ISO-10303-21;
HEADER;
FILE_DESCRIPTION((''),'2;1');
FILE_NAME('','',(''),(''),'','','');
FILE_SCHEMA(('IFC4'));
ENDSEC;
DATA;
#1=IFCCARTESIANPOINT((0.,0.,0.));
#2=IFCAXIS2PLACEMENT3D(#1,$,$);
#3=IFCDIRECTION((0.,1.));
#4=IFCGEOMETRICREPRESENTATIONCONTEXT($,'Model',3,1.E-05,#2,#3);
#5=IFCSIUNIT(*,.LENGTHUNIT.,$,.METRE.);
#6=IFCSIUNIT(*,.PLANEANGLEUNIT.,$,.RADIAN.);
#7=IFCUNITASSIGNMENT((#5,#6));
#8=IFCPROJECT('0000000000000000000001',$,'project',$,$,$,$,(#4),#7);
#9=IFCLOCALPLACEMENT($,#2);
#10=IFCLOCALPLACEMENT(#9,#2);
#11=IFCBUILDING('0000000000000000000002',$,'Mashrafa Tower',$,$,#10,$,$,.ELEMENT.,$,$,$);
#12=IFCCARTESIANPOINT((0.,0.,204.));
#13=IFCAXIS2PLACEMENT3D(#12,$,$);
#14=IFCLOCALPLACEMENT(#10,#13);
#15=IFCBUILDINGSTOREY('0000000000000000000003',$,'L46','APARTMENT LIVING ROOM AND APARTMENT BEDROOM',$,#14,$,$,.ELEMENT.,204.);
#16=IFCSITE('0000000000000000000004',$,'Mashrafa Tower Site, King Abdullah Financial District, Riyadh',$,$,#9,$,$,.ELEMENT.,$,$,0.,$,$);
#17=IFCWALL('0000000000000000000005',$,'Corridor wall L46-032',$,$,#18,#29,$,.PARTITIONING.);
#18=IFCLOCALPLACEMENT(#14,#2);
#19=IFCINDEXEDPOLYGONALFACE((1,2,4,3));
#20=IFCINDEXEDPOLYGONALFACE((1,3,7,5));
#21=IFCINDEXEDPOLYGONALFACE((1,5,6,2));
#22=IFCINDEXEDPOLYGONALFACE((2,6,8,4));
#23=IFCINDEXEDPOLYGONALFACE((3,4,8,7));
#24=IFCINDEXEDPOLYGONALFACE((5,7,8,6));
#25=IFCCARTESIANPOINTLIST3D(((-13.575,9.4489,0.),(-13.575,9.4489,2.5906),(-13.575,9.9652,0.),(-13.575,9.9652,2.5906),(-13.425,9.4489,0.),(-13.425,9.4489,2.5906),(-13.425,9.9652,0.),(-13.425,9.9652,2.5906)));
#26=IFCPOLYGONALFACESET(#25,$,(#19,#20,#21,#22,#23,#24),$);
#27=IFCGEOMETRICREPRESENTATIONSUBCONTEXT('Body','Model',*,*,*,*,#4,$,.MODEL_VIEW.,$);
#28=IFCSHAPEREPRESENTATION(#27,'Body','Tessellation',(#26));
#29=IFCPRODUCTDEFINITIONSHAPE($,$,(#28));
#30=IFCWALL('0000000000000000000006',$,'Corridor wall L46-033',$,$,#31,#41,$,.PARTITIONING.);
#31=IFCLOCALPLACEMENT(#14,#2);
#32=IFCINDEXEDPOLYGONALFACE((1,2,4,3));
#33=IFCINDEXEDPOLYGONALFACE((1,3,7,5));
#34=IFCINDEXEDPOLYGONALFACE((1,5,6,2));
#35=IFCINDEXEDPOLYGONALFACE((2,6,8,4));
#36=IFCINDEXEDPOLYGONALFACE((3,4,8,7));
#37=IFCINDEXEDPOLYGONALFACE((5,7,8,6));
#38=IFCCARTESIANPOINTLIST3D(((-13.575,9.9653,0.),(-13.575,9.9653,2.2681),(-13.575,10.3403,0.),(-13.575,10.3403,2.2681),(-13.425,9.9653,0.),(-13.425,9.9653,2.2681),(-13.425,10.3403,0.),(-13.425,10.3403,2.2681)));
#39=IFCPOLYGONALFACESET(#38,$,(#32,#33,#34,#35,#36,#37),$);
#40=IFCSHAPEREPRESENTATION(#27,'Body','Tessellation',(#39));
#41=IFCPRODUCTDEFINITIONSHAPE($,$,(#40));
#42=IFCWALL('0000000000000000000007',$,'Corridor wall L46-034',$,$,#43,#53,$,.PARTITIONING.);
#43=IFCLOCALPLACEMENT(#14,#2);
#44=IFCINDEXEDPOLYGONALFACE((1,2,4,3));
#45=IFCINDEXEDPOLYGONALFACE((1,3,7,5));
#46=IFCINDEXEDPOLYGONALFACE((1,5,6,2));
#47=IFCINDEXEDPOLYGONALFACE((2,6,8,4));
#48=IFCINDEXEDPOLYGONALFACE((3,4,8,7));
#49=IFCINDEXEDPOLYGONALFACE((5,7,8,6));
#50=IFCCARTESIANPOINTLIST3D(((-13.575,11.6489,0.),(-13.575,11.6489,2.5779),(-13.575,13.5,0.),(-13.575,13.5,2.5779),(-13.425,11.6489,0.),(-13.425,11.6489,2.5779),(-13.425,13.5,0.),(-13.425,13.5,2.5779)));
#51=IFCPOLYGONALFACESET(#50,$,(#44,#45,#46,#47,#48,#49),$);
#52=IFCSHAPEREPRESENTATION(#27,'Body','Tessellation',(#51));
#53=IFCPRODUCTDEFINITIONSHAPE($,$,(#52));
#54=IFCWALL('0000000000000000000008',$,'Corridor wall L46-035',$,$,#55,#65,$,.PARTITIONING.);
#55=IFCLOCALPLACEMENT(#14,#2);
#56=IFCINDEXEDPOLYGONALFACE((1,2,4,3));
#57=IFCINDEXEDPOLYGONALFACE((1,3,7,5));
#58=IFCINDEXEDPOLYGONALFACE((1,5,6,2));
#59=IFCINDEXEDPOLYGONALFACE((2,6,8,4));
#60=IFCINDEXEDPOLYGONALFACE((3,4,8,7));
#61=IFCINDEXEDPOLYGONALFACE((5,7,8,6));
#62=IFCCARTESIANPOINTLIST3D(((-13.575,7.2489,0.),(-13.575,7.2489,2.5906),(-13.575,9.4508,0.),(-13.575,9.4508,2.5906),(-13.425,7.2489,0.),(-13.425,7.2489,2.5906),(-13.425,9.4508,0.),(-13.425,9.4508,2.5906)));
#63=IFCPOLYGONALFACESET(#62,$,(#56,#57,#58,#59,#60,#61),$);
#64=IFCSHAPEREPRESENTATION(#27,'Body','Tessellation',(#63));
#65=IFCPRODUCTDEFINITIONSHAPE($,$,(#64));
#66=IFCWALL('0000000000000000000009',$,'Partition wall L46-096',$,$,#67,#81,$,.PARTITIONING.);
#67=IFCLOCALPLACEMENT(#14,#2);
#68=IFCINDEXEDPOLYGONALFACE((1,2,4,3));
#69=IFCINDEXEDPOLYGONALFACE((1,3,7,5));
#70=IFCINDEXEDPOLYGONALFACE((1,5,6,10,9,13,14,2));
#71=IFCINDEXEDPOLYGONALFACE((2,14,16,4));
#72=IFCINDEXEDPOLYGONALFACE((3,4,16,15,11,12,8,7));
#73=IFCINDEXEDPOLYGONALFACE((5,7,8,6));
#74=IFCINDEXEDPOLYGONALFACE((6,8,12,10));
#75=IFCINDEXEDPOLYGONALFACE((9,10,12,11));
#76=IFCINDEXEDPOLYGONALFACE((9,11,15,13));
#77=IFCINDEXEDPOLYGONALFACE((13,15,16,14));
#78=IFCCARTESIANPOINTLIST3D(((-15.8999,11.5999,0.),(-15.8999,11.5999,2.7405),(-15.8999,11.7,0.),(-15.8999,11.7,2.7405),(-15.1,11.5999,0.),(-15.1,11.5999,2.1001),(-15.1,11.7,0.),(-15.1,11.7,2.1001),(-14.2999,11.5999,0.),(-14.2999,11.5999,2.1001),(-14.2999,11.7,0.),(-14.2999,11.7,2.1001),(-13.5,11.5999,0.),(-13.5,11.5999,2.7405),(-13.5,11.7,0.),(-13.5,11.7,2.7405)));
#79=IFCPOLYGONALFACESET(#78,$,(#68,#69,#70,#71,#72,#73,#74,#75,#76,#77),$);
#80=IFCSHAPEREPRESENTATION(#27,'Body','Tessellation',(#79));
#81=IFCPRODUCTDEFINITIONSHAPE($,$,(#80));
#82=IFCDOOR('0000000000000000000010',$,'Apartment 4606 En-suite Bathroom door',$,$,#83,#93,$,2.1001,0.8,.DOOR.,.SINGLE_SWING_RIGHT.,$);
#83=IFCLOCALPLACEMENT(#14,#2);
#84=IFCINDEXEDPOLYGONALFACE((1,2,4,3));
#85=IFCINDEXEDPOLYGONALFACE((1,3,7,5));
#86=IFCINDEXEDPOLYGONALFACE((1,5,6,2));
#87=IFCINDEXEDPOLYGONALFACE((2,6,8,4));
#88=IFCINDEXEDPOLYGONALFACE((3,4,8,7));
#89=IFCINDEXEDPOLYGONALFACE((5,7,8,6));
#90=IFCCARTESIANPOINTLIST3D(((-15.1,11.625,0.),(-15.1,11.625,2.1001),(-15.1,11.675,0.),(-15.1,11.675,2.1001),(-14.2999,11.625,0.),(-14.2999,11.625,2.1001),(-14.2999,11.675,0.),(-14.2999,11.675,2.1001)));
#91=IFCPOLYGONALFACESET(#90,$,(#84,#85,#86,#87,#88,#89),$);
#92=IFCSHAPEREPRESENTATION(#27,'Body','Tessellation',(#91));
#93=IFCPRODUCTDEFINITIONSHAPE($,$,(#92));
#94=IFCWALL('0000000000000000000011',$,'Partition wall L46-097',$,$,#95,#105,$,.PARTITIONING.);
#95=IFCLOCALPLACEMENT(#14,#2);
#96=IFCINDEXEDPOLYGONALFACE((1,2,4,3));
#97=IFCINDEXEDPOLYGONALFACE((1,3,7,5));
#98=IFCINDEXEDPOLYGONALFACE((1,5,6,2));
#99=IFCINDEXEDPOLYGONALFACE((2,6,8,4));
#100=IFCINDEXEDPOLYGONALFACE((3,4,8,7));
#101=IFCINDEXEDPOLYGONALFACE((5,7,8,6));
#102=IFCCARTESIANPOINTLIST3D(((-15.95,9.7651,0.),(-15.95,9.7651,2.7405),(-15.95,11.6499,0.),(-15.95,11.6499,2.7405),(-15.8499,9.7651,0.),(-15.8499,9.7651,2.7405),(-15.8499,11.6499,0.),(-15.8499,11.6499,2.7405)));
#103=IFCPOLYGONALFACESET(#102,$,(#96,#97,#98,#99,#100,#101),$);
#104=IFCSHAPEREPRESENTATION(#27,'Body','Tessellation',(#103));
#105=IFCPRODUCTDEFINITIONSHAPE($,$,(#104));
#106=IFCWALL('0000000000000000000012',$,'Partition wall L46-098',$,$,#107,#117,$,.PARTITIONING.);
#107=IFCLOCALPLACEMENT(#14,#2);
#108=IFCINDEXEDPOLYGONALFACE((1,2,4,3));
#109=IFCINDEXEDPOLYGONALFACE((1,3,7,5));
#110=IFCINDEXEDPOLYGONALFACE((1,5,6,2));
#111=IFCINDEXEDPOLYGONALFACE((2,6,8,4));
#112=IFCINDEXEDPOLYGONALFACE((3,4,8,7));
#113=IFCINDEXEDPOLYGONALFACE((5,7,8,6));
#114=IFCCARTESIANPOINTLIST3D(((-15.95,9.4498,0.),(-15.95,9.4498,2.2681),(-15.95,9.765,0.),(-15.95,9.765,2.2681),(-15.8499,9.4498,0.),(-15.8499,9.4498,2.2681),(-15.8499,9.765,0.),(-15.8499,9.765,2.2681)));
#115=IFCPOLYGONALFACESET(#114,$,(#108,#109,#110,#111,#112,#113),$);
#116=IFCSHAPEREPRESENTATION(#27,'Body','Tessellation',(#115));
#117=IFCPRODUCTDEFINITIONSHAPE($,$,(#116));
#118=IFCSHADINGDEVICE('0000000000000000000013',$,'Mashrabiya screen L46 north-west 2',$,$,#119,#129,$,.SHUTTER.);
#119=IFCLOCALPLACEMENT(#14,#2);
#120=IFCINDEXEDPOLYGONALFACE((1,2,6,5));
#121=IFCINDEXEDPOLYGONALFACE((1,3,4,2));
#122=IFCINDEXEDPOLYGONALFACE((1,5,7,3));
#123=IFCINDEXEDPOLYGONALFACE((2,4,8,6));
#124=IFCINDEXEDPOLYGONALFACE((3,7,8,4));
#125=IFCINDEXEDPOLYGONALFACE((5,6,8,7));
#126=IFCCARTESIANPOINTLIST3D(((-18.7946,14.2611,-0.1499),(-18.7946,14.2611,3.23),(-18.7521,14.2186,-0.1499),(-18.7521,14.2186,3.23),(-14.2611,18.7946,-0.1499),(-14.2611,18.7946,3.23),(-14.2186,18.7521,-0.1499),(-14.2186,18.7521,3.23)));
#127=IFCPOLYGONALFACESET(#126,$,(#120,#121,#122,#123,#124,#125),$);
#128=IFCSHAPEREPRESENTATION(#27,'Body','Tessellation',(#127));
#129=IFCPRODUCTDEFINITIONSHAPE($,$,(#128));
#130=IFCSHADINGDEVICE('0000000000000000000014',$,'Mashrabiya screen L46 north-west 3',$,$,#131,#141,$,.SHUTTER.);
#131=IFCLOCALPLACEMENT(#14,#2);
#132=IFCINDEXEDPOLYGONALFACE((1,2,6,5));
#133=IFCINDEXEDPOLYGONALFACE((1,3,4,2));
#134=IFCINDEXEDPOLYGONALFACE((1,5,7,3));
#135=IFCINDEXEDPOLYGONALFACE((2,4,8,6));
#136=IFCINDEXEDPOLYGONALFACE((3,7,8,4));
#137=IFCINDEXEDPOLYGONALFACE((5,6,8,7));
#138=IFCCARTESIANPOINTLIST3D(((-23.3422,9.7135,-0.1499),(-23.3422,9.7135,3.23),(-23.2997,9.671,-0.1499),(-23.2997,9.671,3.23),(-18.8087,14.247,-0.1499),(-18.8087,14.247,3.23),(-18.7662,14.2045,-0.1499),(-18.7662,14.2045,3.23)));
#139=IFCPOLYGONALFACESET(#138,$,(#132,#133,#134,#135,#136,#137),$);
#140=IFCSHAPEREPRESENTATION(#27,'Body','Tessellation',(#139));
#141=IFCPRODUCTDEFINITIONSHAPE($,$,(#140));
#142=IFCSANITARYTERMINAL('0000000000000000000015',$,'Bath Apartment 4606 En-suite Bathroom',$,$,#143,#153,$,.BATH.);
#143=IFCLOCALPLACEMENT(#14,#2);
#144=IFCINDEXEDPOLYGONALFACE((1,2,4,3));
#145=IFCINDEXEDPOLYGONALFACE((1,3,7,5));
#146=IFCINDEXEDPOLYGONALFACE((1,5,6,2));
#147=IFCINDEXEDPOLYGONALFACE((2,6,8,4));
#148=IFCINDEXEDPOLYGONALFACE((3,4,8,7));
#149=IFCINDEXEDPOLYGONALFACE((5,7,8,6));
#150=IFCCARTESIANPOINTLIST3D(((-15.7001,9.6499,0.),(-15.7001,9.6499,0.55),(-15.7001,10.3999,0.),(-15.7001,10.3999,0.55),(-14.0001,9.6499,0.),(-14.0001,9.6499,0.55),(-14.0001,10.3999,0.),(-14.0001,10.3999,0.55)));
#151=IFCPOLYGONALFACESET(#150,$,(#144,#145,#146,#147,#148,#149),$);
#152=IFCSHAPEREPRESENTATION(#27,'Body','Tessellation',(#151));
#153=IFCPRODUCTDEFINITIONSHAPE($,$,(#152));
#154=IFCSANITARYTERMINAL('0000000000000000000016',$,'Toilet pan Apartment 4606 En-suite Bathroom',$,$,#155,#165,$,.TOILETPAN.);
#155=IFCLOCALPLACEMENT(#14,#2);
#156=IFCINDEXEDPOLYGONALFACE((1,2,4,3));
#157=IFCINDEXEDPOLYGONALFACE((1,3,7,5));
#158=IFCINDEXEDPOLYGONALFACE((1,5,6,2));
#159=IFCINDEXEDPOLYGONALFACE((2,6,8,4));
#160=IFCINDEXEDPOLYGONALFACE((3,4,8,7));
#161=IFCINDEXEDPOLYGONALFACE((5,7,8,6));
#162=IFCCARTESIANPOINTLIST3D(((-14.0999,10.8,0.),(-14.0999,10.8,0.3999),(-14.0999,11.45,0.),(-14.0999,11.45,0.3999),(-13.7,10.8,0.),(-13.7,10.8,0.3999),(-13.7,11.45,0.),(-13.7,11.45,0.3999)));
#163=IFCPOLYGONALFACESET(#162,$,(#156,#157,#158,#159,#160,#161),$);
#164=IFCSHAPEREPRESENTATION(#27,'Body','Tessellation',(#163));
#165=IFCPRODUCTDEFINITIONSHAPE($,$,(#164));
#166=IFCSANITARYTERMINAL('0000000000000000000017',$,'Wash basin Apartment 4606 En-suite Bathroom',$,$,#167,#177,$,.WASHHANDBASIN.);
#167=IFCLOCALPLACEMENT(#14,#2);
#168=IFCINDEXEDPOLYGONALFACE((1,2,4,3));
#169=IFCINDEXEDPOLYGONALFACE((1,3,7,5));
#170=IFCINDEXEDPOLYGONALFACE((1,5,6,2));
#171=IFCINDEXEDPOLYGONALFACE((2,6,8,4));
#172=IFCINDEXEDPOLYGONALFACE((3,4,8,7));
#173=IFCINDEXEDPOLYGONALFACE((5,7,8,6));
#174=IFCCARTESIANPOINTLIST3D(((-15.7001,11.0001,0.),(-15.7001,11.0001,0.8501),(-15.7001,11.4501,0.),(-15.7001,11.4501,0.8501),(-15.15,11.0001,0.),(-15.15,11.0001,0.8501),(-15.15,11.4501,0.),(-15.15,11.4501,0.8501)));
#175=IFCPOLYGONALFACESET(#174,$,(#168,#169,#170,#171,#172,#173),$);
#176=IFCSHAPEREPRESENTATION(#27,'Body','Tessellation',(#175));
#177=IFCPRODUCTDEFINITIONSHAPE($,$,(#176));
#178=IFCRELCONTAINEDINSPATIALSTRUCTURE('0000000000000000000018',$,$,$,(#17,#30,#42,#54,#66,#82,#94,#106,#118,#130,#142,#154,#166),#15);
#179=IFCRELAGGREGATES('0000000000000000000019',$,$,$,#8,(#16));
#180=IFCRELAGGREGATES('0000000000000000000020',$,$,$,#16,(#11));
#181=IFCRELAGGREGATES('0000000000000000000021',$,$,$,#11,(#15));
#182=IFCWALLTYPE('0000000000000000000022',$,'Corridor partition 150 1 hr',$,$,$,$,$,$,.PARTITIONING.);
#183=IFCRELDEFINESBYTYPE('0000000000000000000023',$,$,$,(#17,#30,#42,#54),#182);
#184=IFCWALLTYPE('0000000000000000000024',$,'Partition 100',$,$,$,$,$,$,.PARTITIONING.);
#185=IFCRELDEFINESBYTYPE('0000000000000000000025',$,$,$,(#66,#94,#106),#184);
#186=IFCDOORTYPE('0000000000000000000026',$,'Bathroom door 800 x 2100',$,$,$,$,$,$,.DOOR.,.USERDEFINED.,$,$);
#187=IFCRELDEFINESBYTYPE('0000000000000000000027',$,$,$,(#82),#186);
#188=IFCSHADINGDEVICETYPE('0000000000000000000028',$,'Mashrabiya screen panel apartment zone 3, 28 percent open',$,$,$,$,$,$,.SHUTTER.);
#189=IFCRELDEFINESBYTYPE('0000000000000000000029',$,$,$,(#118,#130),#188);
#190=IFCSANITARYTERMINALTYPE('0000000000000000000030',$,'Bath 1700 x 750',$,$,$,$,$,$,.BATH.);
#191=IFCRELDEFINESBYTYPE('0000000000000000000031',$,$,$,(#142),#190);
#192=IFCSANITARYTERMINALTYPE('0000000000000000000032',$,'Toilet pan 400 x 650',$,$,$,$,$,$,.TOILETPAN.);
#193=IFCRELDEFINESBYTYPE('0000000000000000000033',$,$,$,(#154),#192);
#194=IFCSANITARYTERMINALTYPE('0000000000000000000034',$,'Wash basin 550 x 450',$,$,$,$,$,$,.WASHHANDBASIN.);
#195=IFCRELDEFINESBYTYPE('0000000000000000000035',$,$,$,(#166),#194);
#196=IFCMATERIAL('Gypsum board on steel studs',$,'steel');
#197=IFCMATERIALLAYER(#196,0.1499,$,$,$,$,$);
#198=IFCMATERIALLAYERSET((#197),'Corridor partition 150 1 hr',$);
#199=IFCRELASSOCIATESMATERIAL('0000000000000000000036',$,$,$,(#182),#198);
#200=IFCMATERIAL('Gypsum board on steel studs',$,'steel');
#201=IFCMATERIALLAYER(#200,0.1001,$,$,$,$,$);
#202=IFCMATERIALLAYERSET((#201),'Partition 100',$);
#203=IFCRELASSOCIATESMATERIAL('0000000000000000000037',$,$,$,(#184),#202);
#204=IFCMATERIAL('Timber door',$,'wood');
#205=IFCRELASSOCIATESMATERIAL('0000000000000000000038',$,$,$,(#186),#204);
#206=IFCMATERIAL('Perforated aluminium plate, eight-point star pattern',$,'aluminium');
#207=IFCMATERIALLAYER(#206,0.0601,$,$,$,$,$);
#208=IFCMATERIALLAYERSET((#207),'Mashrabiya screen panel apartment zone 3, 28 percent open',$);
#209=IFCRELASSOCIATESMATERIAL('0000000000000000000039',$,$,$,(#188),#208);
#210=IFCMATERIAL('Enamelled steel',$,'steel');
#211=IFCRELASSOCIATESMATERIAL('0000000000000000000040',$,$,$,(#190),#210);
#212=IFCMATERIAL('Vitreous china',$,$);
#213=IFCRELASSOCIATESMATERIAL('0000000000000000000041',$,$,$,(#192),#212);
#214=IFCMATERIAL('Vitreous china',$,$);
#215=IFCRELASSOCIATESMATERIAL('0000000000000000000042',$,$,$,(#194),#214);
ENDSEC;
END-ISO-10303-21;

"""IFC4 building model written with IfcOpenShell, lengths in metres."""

from ifc_helpers import new_model, si_unit, direction, frame, frame_2d, origin, origin_2d, place, context, subcontext, project, spatial, rectangle, extrude, source, transform, mapped, material, layer, layer_set, type_object, type_shapes, element, fill, save


model = new_model("IFC4")

# Units and contexts
model_context = context("Model", 3, precision=1e-05, world=origin(), true_north=direction((0.0, 1.0)))
body_context = subcontext(model_context, "Body", "Model", "MODEL_VIEW")
ifc_project = project(units=[si_unit("LENGTHUNIT", "METRE"), si_unit("PLANEANGLEUNIT", "RADIAN")], contexts=[model_context])

# Site, building, storey
site_placement = place(None, origin())
site = spatial("IfcSite", under=ifc_project, at=site_placement, Name="Mashrafa Tower Site, King Abdullah Financial District, Riyadh", CompositionType="ELEMENT", RefElevation=0.0)
building_placement = place(site_placement, origin())
building = spatial("IfcBuilding", under=site, at=building_placement, Name="Mashrafa Tower", CompositionType="ELEMENT")
storey_placement = place(building_placement, frame((0.0, 0.0, 204.0)))
storey = spatial("IfcBuildingStorey", under=building, at=storey_placement, Name="L46", Description="APARTMENT LIVING ROOM AND APARTMENT BEDROOM", CompositionType="ELEMENT", Elevation=204.0)

# Walls
ifc_material_1 = material(Name="Gypsum board on steel studs", Category="steel")
ifc_layer_1 = layer(ifc_material_1, 0.1499)
ifc_layer_set_1 = layer_set([ifc_layer_1], Name="Corridor partition 150 1 hr")
wall_type_1 = type_object("IfcWallType", Name="Corridor partition 150 1 hr", PredefinedType="PARTITIONING", material=ifc_layer_set_1)
wall_1_placement = place(storey_placement, frame((-13.5, 9.9653, 0.0), z_axis=(0.0, 0.0, 1.0), x_axis=(0.0, -1.0, 0.0)))
element("IfcWall", 1, at=wall_1_placement, inside=storey, type_object=wall_type_1, Name="Corridor wall L46-032", PredefinedType="PARTITIONING", context=body_context, shape_type="SweptSolid", body=[
    extrude(rectangle(XDim=0.5164, YDim=0.1499, at=frame_2d((0.2583, 0.0))), origin(), (0.0, 0.0, 1.0), 2.5906),
])
wall_2_placement = place(storey_placement, frame((-13.5, 10.3403, 0.0), z_axis=(0.0, 0.0, 1.0), x_axis=(0.0, -1.0, 0.0)))
element("IfcWall", 2, at=wall_2_placement, inside=storey, type_object=wall_type_1, Name="Corridor wall L46-033", PredefinedType="PARTITIONING", context=body_context, shape_type="SweptSolid", body=[
    extrude(rectangle(XDim=0.375, YDim=0.1499, at=frame_2d((0.1875, 0.0))), origin(), (0.0, 0.0, 1.0), 2.2681),
])
wall_3_placement = place(storey_placement, frame((-13.5, 13.5, 0.0), z_axis=(0.0, 0.0, 1.0), x_axis=(0.0, -1.0, 0.0)))
element("IfcWall", 3, at=wall_3_placement, inside=storey, type_object=wall_type_1, Name="Corridor wall L46-034", PredefinedType="PARTITIONING", context=body_context, shape_type="SweptSolid", body=[
    extrude(rectangle(XDim=1.8511, YDim=0.1499, at=frame_2d((0.9255, 0.0))), origin(), (0.0, 0.0, 1.0), 2.5779),
])
wall_4_placement = place(storey_placement, frame((-13.5, 9.4509, 0.0), z_axis=(0.0, 0.0, 1.0), x_axis=(0.0, -1.0, 0.0)))
element("IfcWall", 4, at=wall_4_placement, inside=storey, type_object=wall_type_1, Name="Corridor wall L46-035", PredefinedType="PARTITIONING", context=body_context, shape_type="SweptSolid", body=[
    extrude(rectangle(XDim=2.2019, YDim=0.1499, at=frame_2d((1.1011, 0.0))), origin(), (0.0, 0.0, 1.0), 2.5906),
])

# Wall, opening, door
ifc_material_2 = material(Name="Gypsum board on steel studs", Category="steel")
ifc_layer_2 = layer(ifc_material_2, 0.1001)
ifc_layer_set_2 = layer_set([ifc_layer_2], Name="Partition 100")
wall_type_2 = type_object("IfcWallType", Name="Partition 100", PredefinedType="PARTITIONING", material=ifc_layer_set_2)
wall_5_placement = place(storey_placement, frame((-13.5, 11.6499, 0.0), z_axis=(0.0, 0.0, 1.0), x_axis=(-1.0, 0.0, 0.0)))
wall_5 = element("IfcWall", 5, at=wall_5_placement, inside=storey, type_object=wall_type_2, Name="Partition wall L46-096", PredefinedType="PARTITIONING", context=body_context, shape_type="SweptSolid", body=[
    extrude(rectangle(XDim=2.3999, YDim=0.1001, at=frame_2d((1.2, 0.0))), origin(), (0.0, 0.0, 1.0), 2.7405),
])
opening_placement = place(wall_5_placement, frame((0.8, 0.0, 0.0)))
opening = element("IfcOpeningElement", 6, at=opening_placement, cuts=wall_5, PredefinedType="OPENING", context=body_context, shape_type="SweptSolid", body=[
    extrude(rectangle(XDim=0.8, YDim=2.1001, at=frame_2d((0.3999, 1.05))), frame((0.0, 0.0601, 0.0), z_axis=(0.0, -1.0, 0.0), x_axis=(1.0, 0.0, 0.0)), (0.0, 0.0, 1.0), 0.1201),
])
ifc_material_3 = material(Name="Timber door", Category="wood")
door_type = type_object("IfcDoorType", Name="Bathroom door 800 x 2100", OperationType="USERDEFINED", PredefinedType="DOOR", material=ifc_material_3)
door_placement = place(opening_placement, origin())
door = element("IfcDoor", 7, at=door_placement, inside=storey, type_object=door_type, Name="Apartment 4606 En-suite Bathroom door", OperationType="SINGLE_SWING_RIGHT", OverallHeight=2.1001, OverallWidth=0.8, PredefinedType="DOOR", context=body_context, shape_type="SweptSolid", body=[
    extrude(rectangle(XDim=0.8, YDim=2.1001, at=frame_2d((0.3999, 1.05))), frame((0.0, 0.0249, 0.0), z_axis=(0.0, -1.0, 0.0), x_axis=(1.0, 0.0, 0.0)), (0.0, 0.0, 1.0), 0.05),
])
fill(opening, door)

# Walls
wall_6_placement = place(storey_placement, frame((-15.8999, 11.6499, 0.0), z_axis=(0.0, 0.0, 1.0), x_axis=(0.0, -1.0, 0.0)))
element("IfcWall", 8, at=wall_6_placement, inside=storey, type_object=wall_type_2, Name="Partition wall L46-097", PredefinedType="PARTITIONING", context=body_context, shape_type="SweptSolid", body=[
    extrude(rectangle(XDim=1.8848, YDim=0.1001, at=frame_2d((0.9424, 0.0))), origin(), (0.0, 0.0, 1.0), 2.7405),
])
wall_7_placement = place(storey_placement, frame((-15.8999, 9.7651, 0.0), z_axis=(0.0, 0.0, 1.0), x_axis=(0.0, -1.0, 0.0)))
element("IfcWall", 9, at=wall_7_placement, inside=storey, type_object=wall_type_2, Name="Partition wall L46-098", PredefinedType="PARTITIONING", context=body_context, shape_type="SweptSolid", body=[
    extrude(rectangle(XDim=0.3152, YDim=0.1001, at=frame_2d((0.1577, 0.0))), origin(), (0.0, 0.0, 1.0), 2.2681),
])

# Shading devices
ifc_material_4 = material(Name="Perforated aluminium plate, eight-point star pattern", Category="aluminium")
ifc_layer_3 = layer(ifc_material_4, 0.0601)
ifc_layer_set_3 = layer_set([ifc_layer_3], Name="Mashrabiya screen panel apartment zone 3, 28 percent open")
shading_device_type = type_object("IfcShadingDeviceType", Name="Mashrabiya screen panel apartment zone 3, 28 percent open", PredefinedType="SHUTTER", material=ifc_layer_set_3)
shared_shape_1 = source(origin(), body_context, "Body", "SweptSolid", [
    extrude(rectangle(XDim=6.4114, YDim=0.0601, at=origin_2d()), origin(), (0.0, 0.0, 1.0), 3.3799),
])
type_shapes(shading_device_type, [shared_shape_1])
for number, where, z_axis, x_axis, name in (
    (10, (-16.5066, 16.5066, -0.1499), (0.0, 0.0, 1.0), (-0.707107, -0.707107, 0.0), "Mashrabiya screen L46 north-west 2"),
    (11, (-21.0542, 11.959, -0.1499), (0.0, 0.0, 1.0), (-0.707107, -0.707107, 0.0), "Mashrabiya screen L46 north-west 3"),
):
    element("IfcShadingDevice", number, at=place(storey_placement, frame(where, z_axis=z_axis, x_axis=x_axis)), inside=storey, type_object=shading_device_type, Name=name, PredefinedType="SHUTTER", context=body_context, shape_type="MappedRepresentation", body=[
        mapped(shared_shape_1, transform((0.0, 0.0, 0.0))),
    ])

# Sanitary terminals
ifc_material_5 = material(Name="Enamelled steel", Category="steel")
sanitary_terminal_type_1 = type_object("IfcSanitaryTerminalType", Name="Bath 1700 x 750", PredefinedType="BATH", material=ifc_material_5)
sanitary_terminal_1_placement = place(storey_placement, frame((-14.8501, 10.0249, 0.0), z_axis=(0.0, 0.0, 1.0), x_axis=(1.0, 0.0, 0.0)))
element("IfcSanitaryTerminal", 12, at=sanitary_terminal_1_placement, inside=storey, type_object=sanitary_terminal_type_1, Name="Bath Apartment 4606 En-suite Bathroom", PredefinedType="BATH", context=body_context, shape_type="SweptSolid", body=[
    extrude(rectangle(XDim=1.7, YDim=0.75, at=origin_2d()), origin(), (0.0, 0.0, 1.0), 0.55),
])
ifc_material_6 = material(Name="Vitreous china")
sanitary_terminal_type_2 = type_object("IfcSanitaryTerminalType", Name="Toilet pan 400 x 650", PredefinedType="TOILETPAN", material=ifc_material_6)
sanitary_terminal_2_placement = place(storey_placement, frame((-13.8999, 11.125, 0.0), z_axis=(0.0, 0.0, 1.0), x_axis=(-1.0, 0.0, 0.0)))
element("IfcSanitaryTerminal", 13, at=sanitary_terminal_2_placement, inside=storey, type_object=sanitary_terminal_type_2, Name="Toilet pan Apartment 4606 En-suite Bathroom", PredefinedType="TOILETPAN", context=body_context, shape_type="SweptSolid", body=[
    extrude(rectangle(XDim=0.3999, YDim=0.6499, at=origin_2d()), origin(), (0.0, 0.0, 1.0), 0.3999),
])
ifc_material_7 = material(Name="Vitreous china")
sanitary_terminal_type_3 = type_object("IfcSanitaryTerminalType", Name="Wash basin 550 x 450", PredefinedType="WASHHANDBASIN", material=ifc_material_7)
sanitary_terminal_3_placement = place(storey_placement, frame((-15.425, 11.2251, 0.0), z_axis=(0.0, 0.0, 1.0), x_axis=(-1.0, 0.0, 0.0)))
element("IfcSanitaryTerminal", 14, at=sanitary_terminal_3_placement, inside=storey, type_object=sanitary_terminal_type_3, Name="Wash basin Apartment 4606 En-suite Bathroom", PredefinedType="WASHHANDBASIN", context=body_context, shape_type="SweptSolid", body=[
    extrude(rectangle(XDim=0.55, YDim=0.45, at=origin_2d()), origin(), (0.0, 0.0, 1.0), 0.8501),
])

save(model, "model.ifc")
